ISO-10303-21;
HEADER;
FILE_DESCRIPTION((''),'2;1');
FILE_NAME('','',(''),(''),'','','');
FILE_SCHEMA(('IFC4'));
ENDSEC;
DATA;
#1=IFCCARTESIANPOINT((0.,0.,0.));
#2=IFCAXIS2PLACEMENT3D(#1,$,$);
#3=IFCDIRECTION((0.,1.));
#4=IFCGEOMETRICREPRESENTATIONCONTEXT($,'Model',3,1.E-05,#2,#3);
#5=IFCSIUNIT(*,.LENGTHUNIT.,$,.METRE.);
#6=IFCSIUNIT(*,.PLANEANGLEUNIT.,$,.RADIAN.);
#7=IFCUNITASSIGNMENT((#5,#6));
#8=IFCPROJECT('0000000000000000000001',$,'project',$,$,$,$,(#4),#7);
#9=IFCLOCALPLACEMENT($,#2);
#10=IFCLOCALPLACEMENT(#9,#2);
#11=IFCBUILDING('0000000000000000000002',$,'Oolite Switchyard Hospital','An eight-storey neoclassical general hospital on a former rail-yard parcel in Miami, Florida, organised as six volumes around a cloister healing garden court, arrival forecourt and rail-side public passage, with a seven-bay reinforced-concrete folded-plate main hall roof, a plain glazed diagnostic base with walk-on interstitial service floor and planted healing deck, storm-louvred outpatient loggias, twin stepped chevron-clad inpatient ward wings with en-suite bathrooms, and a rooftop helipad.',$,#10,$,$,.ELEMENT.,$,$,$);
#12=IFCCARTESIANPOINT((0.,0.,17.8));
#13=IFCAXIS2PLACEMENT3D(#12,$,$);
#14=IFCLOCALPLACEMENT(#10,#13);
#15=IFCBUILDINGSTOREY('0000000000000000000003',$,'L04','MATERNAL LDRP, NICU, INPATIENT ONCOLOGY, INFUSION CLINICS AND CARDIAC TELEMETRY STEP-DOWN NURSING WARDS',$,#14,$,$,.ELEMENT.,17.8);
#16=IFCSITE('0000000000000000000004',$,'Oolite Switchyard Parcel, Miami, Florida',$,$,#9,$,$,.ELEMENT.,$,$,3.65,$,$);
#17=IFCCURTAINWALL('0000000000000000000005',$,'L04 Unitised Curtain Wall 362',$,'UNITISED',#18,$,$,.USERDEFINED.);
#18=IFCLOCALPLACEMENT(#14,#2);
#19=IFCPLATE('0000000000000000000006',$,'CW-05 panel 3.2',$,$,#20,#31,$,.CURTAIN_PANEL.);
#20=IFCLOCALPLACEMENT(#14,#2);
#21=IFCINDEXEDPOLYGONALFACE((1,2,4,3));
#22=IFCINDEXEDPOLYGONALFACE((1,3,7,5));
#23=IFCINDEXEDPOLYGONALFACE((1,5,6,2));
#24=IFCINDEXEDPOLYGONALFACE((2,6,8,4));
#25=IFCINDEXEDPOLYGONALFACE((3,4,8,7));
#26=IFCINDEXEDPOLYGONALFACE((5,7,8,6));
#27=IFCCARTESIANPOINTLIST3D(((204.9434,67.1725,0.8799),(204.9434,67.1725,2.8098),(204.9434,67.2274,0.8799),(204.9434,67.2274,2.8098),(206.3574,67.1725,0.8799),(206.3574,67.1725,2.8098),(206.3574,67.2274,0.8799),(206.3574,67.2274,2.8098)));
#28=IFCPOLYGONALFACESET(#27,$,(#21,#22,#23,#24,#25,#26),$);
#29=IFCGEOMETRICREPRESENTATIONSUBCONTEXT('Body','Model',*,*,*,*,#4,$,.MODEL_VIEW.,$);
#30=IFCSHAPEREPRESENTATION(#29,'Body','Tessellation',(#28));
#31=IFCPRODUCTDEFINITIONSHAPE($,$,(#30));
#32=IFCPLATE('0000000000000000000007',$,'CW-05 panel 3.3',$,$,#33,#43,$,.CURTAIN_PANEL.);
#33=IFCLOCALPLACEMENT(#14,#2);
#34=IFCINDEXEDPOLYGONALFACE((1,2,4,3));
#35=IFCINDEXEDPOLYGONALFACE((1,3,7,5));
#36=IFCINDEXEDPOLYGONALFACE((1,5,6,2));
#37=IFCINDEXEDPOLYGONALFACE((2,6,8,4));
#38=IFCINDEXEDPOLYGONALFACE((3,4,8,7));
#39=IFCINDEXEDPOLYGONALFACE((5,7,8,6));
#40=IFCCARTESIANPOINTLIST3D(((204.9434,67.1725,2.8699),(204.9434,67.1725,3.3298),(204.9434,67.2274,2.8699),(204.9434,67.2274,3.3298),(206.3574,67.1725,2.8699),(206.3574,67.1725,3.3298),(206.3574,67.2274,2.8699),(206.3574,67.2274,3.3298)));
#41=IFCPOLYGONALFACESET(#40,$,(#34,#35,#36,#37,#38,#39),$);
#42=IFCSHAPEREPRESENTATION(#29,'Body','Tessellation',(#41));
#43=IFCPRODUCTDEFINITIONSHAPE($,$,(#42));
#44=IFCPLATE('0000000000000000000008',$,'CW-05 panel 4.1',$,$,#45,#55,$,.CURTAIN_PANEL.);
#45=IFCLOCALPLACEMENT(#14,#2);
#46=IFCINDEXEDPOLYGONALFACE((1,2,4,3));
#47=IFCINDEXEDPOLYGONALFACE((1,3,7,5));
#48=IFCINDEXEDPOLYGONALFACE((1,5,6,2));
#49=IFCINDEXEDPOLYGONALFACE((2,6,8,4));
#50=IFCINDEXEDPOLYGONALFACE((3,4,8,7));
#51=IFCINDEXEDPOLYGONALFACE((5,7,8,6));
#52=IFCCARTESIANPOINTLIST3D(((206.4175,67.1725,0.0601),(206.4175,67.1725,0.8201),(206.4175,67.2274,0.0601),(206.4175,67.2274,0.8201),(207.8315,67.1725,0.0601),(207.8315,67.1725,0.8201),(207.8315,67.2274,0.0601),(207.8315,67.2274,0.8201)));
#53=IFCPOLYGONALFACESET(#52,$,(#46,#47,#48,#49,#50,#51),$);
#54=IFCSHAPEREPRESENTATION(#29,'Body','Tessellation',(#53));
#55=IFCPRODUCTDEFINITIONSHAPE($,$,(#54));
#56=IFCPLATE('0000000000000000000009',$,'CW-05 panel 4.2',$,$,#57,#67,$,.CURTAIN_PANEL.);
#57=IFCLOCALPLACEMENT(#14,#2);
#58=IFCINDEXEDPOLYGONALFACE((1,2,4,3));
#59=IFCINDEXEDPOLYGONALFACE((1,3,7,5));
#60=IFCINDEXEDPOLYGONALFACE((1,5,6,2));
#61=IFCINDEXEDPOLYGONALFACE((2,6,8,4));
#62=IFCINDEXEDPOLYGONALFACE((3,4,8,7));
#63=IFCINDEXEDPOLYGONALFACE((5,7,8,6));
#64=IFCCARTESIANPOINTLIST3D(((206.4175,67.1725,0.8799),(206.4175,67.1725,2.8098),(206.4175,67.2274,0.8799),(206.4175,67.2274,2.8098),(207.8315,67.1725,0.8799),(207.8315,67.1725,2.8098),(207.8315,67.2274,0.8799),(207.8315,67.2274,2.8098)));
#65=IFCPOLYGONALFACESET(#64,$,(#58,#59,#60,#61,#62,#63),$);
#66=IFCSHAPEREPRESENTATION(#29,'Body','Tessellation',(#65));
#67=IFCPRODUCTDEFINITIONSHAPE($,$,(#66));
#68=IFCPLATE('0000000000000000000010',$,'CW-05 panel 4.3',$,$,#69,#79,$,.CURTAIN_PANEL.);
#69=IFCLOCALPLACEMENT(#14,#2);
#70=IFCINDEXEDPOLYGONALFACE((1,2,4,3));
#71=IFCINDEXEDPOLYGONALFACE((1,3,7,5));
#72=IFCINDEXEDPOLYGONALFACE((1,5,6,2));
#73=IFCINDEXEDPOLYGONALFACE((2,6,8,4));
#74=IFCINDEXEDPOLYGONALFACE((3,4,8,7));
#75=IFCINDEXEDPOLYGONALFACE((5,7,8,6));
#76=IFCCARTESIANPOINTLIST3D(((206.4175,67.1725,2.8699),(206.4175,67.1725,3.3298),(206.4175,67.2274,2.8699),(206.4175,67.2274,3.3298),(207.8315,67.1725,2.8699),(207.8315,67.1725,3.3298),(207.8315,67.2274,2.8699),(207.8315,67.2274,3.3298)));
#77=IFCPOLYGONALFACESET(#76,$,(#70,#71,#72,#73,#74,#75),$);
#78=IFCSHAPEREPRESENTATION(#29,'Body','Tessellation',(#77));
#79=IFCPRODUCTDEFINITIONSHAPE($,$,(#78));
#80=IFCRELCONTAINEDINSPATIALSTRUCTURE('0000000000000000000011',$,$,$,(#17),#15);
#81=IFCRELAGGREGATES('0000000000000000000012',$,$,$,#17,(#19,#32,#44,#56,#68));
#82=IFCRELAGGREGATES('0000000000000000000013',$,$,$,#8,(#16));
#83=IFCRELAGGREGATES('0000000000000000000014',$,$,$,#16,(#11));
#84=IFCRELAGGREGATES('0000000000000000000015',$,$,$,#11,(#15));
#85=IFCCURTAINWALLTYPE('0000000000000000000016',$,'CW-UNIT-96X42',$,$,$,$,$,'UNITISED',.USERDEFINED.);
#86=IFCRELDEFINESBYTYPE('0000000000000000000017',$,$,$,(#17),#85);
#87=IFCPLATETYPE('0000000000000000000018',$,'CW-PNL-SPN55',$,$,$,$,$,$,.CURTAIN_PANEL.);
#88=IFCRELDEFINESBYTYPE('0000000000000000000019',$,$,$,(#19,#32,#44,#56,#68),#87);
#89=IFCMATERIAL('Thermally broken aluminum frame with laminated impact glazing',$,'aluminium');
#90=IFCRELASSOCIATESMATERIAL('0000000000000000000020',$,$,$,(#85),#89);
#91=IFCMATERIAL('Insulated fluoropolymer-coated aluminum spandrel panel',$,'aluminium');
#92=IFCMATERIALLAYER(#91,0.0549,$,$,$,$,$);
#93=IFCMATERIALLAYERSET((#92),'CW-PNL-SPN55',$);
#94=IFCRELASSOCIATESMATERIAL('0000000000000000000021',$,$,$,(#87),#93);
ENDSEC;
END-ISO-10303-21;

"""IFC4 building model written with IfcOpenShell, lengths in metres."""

from ifc_helpers import new_model, si_unit, direction, frame, origin, origin_2d, place, context, subcontext, project, spatial, rectangle, extrude, material, layer, layer_set, type_object, element, aggregate, save


model = new_model("IFC4")

# Units and contexts
model_context = context("Model", 3, precision=1e-05, world=origin(), true_north=direction((0.0, 1.0)))
body_context = subcontext(model_context, "Body", "Model", "MODEL_VIEW")
ifc_project = project(units=[si_unit("LENGTHUNIT", "METRE"), si_unit("PLANEANGLEUNIT", "RADIAN")], contexts=[model_context])

# Site, building, storey
site_placement = place(None, origin())
site = spatial("IfcSite", under=ifc_project, at=site_placement, Name="Oolite Switchyard Parcel, Miami, Florida", CompositionType="ELEMENT", RefElevation=3.65)
building_placement = place(site_placement, origin())
building = spatial("IfcBuilding", under=site, at=building_placement, Name="Oolite Switchyard Hospital", Description="An eight-storey neoclassical general hospital on a former rail-yard parcel in Miami, Florida, organised as six volumes around a cloister healing garden court, arrival forecourt and rail-side public passage, with a seven-bay reinforced-concrete folded-plate main hall roof, a plain glazed diagnostic base with walk-on interstitial service floor and planted healing deck, storm-louvred outpatient loggias, twin stepped chevron-clad inpatient ward wings with en-suite bathrooms, and a rooftop helipad.", CompositionType="ELEMENT")
storey_placement = place(building_placement, frame((0.0, 0.0, 17.8)))
storey = spatial("IfcBuildingStorey", under=building, at=storey_placement, Name="L04", Description="MATERNAL LDRP, NICU, INPATIENT ONCOLOGY, INFUSION CLINICS AND CARDIAC TELEMETRY STEP-DOWN NURSING WARDS", CompositionType="ELEMENT", Elevation=17.8)

# Curtain wall, plates
ifc_material_1 = material(Name="Thermally broken aluminum frame with laminated impact glazing", Category="aluminium")
curtain_wall_type = type_object("IfcCurtainWallType", Name="CW-UNIT-96X42", ElementType="UNITISED", PredefinedType="USERDEFINED", material=ifc_material_1)
curtain_wall_placement = place(storey_placement, origin())
curtain_wall = element("IfcCurtainWall", 1, at=curtain_wall_placement, inside=storey, type_object=curtain_wall_type, Name="L04 Unitised Curtain Wall 362", ObjectType="UNITISED", PredefinedType="USERDEFINED")
ifc_material_2 = material(Name="Insulated fluoropolymer-coated aluminum spandrel panel", Category="aluminium")
ifc_layer = layer(ifc_material_2, 0.0549)
ifc_layer_set = layer_set([ifc_layer], Name="CW-PNL-SPN55")
plate_type = type_object("IfcPlateType", Name="CW-PNL-SPN55", PredefinedType="CURTAIN_PANEL", material=ifc_layer_set)
plate_1_placement = place(storey_placement, frame((205.6504, 67.2, 0.8799), z_axis=(0.0, 0.0, 1.0), x_axis=(1.0, 0.0, 0.0)))
plate_1 = element("IfcPlate", 2, at=plate_1_placement, type_object=plate_type, Name="CW-05 panel 3.2", PredefinedType="CURTAIN_PANEL", context=body_context, shape_type="SweptSolid", body=[
    extrude(rectangle(XDim=1.4141, YDim=0.0549, at=origin_2d()), origin(), (0.0, 0.0, 1.0), 1.9299),
])
plate_2_placement = place(storey_placement, frame((205.6504, 67.2, 2.8699), z_axis=(0.0, 0.0, 1.0), x_axis=(1.0, 0.0, 0.0)))
plate_2 = element("IfcPlate", 3, at=plate_2_placement, type_object=plate_type, Name="CW-05 panel 3.3", PredefinedType="CURTAIN_PANEL", context=body_context, shape_type="SweptSolid", body=[
    extrude(rectangle(XDim=1.4141, YDim=0.0549, at=origin_2d()), origin(), (0.0, 0.0, 1.0), 0.46),
])
plate_3_placement = place(storey_placement, frame((207.1245, 67.2, 0.0601), z_axis=(0.0, 0.0, 1.0), x_axis=(1.0, 0.0, 0.0)))
plate_3 = element("IfcPlate", 4, at=plate_3_placement, type_object=plate_type, Name="CW-05 panel 4.1", PredefinedType="CURTAIN_PANEL", context=body_context, shape_type="SweptSolid", body=[
    extrude(rectangle(XDim=1.4141, YDim=0.0549, at=origin_2d()), origin(), (0.0, 0.0, 1.0), 0.76),
])
plate_4_placement = place(storey_placement, frame((207.1245, 67.2, 0.8799), z_axis=(0.0, 0.0, 1.0), x_axis=(1.0, 0.0, 0.0)))
plate_4 = element("IfcPlate", 5, at=plate_4_placement, type_object=plate_type, Name="CW-05 panel 4.2", PredefinedType="CURTAIN_PANEL", context=body_context, shape_type="SweptSolid", body=[
    extrude(rectangle(XDim=1.4141, YDim=0.0549, at=origin_2d()), origin(), (0.0, 0.0, 1.0), 1.9299),
])
plate_5_placement = place(storey_placement, frame((207.1245, 67.2, 2.8699), z_axis=(0.0, 0.0, 1.0), x_axis=(1.0, 0.0, 0.0)))
plate_5 = element("IfcPlate", 6, at=plate_5_placement, type_object=plate_type, Name="CW-05 panel 4.3", PredefinedType="CURTAIN_PANEL", context=body_context, shape_type="SweptSolid", body=[
    extrude(rectangle(XDim=1.4141, YDim=0.0549, at=origin_2d()), origin(), (0.0, 0.0, 1.0), 0.46),
])
aggregate(curtain_wall, [plate_1, plate_2, plate_3, plate_4, plate_5])

save(model, "model.ifc")
